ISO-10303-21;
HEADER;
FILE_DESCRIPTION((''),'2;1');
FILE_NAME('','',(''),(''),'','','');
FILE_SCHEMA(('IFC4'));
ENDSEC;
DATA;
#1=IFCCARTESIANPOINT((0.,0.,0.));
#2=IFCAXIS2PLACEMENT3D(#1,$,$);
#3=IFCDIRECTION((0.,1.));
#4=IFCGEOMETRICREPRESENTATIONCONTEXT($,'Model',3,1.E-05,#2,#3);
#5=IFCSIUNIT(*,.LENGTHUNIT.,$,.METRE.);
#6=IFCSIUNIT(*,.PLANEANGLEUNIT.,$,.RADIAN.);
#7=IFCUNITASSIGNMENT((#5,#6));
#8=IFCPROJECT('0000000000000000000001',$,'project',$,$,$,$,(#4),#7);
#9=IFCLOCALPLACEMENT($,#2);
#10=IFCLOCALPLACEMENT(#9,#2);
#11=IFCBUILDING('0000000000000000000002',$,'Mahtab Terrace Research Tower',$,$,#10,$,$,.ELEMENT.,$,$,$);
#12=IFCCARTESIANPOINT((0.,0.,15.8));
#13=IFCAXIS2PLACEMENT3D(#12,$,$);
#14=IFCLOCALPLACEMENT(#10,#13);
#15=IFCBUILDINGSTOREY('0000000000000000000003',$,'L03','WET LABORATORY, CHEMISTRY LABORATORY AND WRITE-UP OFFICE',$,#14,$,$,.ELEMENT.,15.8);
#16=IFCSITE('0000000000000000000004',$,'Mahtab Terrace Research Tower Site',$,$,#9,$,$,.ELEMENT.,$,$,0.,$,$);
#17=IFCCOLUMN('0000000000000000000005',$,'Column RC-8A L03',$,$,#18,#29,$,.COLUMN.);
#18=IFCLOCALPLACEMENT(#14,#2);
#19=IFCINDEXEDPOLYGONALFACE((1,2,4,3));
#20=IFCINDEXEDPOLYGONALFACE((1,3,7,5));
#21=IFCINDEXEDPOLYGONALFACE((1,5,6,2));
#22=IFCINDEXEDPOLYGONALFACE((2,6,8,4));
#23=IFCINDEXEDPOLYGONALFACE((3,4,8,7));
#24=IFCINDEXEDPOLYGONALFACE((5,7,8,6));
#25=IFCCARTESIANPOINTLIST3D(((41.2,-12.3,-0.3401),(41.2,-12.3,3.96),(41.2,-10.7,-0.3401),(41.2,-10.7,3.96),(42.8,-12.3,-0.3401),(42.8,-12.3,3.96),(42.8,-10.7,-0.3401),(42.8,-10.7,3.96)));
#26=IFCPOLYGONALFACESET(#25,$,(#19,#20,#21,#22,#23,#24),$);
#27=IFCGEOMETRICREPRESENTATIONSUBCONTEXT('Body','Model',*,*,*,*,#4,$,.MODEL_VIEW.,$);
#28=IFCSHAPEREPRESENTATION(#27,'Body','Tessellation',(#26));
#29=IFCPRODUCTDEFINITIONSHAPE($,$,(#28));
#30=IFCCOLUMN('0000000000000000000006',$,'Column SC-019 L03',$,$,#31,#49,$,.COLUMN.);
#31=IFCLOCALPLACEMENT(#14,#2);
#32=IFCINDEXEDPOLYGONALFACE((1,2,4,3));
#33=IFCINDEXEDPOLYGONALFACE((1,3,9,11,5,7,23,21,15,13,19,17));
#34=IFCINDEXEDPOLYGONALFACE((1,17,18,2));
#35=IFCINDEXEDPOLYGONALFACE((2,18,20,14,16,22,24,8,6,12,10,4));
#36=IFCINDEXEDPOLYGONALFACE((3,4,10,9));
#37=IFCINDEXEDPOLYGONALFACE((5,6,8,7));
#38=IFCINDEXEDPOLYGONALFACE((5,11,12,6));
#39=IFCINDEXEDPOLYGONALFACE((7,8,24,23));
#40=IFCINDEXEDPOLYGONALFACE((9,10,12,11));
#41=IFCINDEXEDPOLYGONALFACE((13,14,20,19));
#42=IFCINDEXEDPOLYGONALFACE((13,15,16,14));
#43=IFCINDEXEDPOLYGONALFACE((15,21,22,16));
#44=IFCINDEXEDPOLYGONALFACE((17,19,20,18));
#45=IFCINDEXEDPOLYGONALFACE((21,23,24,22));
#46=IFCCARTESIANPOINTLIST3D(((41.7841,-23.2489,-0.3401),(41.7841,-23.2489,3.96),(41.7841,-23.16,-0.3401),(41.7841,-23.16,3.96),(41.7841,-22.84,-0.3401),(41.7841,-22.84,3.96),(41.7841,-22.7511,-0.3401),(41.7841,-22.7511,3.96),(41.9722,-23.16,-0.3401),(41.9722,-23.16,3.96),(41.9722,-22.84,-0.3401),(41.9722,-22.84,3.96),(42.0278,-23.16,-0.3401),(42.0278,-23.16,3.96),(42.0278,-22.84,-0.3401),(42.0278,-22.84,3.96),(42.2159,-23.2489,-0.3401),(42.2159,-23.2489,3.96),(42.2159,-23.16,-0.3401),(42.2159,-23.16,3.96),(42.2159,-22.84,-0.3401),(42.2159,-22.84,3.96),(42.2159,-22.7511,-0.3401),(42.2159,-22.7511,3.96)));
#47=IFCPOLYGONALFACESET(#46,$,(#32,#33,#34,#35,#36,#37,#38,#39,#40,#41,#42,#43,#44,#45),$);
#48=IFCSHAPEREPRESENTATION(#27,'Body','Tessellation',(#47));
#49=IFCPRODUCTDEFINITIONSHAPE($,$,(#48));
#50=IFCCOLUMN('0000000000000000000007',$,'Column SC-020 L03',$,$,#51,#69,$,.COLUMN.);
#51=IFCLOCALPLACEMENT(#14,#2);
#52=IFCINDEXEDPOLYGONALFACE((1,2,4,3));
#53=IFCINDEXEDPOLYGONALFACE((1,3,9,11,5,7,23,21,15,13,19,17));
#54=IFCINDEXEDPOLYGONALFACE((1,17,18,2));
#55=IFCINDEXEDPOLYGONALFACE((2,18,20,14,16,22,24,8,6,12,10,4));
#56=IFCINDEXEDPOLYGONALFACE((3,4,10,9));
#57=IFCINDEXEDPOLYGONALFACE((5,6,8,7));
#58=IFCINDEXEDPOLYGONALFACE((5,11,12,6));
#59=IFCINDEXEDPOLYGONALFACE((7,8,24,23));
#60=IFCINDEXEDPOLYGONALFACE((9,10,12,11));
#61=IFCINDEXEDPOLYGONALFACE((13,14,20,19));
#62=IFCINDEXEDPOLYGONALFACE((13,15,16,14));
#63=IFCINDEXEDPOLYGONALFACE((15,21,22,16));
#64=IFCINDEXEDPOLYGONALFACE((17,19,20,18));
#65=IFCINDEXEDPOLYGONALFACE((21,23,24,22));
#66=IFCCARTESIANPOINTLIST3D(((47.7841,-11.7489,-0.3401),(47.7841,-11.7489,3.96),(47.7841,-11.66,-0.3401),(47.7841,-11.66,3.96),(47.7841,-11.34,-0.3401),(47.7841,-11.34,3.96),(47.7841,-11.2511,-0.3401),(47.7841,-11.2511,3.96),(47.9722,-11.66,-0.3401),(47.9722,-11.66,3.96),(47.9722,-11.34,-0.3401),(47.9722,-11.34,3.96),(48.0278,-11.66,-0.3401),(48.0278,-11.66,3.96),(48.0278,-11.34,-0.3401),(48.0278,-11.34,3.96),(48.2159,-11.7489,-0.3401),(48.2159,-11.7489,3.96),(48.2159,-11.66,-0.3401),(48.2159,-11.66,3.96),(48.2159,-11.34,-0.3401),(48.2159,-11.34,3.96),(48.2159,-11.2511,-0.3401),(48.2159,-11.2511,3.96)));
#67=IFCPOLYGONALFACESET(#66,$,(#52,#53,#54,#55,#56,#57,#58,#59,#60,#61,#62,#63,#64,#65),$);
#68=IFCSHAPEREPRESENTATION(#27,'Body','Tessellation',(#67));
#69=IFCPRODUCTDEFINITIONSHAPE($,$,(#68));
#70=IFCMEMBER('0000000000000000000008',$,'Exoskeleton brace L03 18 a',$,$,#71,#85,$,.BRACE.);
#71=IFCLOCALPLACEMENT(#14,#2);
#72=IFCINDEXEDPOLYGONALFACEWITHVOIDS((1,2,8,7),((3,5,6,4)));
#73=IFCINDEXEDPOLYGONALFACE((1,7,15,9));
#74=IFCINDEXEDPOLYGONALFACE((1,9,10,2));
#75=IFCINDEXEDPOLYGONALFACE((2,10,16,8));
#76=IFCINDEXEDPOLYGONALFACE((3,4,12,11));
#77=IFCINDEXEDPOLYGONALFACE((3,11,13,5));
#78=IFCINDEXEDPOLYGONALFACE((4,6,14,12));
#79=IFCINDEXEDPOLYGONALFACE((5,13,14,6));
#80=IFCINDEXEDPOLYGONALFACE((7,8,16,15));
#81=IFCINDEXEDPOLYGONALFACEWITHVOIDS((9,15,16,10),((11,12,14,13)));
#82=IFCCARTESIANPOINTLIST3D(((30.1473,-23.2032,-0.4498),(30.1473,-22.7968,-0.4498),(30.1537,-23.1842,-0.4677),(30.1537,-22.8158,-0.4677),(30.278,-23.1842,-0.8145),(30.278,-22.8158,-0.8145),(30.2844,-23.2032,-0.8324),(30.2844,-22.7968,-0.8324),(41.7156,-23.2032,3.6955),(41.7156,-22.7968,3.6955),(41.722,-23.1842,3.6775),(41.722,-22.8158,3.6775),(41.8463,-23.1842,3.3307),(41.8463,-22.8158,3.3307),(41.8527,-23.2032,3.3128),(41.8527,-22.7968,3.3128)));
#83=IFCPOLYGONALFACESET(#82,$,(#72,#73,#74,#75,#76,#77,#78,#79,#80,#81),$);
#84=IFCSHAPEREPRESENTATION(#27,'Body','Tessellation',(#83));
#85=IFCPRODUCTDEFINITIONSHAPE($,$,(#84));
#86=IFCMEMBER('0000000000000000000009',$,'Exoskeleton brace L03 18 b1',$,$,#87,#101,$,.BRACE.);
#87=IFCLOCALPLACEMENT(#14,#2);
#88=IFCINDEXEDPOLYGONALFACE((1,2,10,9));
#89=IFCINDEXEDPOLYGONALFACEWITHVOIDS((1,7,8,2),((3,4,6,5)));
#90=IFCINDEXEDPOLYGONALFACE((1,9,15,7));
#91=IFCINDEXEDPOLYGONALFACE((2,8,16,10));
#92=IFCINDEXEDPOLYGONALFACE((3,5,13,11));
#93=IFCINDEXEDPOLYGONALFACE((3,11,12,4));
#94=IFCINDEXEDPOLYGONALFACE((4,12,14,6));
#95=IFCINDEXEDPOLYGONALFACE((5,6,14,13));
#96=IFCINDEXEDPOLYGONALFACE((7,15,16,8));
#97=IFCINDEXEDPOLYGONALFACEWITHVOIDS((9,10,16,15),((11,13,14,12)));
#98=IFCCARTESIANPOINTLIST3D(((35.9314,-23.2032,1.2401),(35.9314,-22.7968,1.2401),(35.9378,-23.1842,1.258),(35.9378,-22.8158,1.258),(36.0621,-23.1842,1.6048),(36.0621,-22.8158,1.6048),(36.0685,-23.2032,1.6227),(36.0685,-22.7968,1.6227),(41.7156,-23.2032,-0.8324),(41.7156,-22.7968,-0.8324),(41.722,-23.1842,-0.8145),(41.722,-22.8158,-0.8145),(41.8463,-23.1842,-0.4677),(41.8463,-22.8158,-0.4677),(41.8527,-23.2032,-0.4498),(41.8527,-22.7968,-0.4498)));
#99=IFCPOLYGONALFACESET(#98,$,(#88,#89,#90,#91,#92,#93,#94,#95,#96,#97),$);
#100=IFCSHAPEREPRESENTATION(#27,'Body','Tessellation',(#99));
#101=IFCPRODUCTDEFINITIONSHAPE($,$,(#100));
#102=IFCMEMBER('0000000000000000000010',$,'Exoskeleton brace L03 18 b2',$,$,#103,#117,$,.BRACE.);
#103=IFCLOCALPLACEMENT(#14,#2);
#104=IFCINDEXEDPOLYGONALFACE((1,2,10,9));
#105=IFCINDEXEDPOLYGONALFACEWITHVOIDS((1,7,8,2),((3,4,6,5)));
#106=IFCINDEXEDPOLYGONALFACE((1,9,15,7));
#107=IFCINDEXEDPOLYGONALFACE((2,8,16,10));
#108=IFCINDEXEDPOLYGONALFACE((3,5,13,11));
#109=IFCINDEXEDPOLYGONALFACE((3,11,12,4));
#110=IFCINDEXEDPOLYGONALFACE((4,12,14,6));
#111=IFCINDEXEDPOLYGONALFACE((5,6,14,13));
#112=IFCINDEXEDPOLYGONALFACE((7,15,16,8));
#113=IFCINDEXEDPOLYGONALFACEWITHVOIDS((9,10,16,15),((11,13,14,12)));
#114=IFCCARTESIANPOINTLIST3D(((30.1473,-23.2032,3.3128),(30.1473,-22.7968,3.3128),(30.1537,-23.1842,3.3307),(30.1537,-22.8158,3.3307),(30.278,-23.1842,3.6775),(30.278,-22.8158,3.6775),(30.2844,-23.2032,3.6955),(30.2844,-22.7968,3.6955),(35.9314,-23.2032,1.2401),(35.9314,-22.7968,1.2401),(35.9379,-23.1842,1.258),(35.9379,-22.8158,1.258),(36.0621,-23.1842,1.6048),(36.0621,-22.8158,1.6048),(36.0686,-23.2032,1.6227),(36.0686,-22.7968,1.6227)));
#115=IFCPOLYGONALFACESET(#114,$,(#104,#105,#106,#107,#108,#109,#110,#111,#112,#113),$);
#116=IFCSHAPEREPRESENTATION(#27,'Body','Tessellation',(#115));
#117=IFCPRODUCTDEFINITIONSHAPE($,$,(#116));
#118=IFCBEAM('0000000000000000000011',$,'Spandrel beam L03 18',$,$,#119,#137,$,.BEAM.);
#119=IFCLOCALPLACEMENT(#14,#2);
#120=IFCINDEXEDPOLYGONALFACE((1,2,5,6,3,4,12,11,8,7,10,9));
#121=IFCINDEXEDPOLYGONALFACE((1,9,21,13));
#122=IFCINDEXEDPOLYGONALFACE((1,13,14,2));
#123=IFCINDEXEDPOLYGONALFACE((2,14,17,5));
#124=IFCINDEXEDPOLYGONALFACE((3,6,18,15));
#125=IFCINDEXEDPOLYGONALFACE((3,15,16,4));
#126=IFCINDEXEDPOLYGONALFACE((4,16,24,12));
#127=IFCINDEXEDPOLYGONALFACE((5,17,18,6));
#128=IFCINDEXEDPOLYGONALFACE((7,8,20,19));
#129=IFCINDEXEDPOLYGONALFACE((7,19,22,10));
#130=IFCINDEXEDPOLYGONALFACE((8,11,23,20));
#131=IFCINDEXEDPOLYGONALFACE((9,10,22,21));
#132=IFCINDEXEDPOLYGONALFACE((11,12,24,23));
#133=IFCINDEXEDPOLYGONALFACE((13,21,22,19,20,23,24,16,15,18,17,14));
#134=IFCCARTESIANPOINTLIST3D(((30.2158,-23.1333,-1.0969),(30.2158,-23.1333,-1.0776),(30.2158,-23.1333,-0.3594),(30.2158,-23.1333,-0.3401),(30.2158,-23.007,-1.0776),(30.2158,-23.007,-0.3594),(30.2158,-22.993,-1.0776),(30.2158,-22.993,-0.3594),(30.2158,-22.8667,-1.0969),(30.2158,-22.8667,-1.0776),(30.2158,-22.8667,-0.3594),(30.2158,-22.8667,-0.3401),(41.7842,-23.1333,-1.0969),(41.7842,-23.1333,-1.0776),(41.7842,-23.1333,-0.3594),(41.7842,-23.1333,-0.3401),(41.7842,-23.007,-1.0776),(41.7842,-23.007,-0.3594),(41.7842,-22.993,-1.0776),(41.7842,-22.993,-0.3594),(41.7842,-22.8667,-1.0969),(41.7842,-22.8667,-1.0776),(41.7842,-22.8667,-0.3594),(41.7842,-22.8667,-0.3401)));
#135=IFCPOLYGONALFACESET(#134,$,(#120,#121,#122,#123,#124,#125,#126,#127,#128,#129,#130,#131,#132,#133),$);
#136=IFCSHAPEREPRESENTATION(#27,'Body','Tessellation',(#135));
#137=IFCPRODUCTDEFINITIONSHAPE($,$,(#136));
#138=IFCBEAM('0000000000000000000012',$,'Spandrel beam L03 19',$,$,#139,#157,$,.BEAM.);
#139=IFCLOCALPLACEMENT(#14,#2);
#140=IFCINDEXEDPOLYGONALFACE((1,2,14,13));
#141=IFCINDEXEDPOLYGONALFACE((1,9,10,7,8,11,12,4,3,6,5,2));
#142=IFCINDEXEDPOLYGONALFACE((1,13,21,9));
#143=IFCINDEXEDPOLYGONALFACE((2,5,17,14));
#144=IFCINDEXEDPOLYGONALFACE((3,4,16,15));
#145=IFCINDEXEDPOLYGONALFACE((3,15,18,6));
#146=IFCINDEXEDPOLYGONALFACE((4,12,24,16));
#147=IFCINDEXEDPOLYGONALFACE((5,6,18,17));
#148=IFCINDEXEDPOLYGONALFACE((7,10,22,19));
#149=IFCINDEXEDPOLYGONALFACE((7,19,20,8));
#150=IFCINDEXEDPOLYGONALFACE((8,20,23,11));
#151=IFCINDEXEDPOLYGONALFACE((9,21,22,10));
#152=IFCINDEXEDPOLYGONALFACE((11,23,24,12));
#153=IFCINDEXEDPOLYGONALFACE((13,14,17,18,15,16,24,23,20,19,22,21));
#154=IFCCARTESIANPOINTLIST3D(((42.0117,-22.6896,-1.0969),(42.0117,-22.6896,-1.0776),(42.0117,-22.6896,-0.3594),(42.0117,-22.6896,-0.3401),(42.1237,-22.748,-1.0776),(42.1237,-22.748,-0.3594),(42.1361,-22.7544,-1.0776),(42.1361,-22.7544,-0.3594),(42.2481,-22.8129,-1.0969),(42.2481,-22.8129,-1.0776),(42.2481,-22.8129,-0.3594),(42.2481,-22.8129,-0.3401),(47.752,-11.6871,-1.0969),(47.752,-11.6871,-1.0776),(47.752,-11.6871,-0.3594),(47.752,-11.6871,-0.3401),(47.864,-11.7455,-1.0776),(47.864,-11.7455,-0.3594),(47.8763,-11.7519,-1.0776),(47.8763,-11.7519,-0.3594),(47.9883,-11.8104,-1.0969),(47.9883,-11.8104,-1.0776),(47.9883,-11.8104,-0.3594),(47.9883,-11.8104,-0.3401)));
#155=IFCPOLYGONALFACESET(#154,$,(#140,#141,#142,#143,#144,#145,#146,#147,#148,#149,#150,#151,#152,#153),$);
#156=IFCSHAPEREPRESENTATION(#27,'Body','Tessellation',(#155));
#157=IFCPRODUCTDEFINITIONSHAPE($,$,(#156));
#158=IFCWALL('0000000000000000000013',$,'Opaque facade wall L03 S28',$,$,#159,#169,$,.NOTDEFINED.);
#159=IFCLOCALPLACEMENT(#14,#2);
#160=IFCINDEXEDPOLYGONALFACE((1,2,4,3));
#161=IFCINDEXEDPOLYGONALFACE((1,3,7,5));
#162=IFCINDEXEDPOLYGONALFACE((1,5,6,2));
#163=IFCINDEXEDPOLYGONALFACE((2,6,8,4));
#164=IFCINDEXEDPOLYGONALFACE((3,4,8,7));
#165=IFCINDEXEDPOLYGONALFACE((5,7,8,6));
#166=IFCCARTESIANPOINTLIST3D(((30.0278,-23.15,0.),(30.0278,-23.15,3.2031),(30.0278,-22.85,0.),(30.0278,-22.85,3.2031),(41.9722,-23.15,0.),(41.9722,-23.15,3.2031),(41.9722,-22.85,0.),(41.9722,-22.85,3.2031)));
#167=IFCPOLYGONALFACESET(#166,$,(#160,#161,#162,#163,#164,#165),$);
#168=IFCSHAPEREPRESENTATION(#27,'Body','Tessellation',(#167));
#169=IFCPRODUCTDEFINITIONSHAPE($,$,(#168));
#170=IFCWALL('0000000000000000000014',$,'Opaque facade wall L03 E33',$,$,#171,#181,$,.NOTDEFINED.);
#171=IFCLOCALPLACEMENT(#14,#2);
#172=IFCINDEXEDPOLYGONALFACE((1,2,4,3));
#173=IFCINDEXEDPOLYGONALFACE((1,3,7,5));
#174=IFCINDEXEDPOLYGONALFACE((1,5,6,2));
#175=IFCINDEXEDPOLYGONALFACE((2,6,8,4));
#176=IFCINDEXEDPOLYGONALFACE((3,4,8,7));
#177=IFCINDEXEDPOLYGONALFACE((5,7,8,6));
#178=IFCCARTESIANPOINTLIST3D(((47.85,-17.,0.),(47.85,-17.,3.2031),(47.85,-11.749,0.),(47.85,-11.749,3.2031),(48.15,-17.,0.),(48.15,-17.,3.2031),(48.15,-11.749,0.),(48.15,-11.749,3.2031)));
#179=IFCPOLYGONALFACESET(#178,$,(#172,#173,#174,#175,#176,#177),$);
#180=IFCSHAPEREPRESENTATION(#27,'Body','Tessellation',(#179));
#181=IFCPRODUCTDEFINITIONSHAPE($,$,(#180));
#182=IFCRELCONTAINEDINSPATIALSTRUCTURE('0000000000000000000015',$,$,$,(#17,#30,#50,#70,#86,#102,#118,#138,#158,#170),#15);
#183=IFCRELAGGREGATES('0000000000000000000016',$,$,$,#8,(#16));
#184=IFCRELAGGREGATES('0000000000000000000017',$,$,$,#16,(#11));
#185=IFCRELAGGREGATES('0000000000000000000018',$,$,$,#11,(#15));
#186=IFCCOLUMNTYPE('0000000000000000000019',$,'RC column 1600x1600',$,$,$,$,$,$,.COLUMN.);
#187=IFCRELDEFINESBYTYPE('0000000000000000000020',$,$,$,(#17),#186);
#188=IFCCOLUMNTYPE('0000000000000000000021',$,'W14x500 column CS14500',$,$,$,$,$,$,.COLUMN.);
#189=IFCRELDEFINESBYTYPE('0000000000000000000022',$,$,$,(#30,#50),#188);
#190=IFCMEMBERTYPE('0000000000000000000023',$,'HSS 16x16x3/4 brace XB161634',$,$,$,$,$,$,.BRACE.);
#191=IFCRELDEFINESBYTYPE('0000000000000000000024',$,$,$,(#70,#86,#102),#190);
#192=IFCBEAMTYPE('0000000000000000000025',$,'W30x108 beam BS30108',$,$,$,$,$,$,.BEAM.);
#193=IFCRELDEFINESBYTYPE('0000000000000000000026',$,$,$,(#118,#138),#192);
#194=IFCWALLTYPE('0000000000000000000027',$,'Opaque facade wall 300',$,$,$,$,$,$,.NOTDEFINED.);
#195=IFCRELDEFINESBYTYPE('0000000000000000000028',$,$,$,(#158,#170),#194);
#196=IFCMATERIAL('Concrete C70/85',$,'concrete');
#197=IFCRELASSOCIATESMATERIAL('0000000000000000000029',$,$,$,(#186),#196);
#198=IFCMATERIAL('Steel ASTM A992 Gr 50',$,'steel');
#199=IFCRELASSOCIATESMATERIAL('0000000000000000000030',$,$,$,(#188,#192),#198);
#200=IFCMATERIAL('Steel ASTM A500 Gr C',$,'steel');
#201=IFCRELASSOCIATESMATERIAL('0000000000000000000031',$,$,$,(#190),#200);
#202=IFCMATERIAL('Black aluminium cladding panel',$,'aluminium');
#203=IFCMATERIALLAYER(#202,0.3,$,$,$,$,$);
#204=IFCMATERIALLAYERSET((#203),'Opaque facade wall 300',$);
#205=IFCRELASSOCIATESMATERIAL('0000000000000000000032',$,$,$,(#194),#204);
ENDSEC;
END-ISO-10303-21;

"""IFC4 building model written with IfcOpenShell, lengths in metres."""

from ifc_helpers import new_model, si_unit, direction, frame, frame_2d, origin, origin_2d, place, context, subcontext, project, spatial, rectangle, hollow_rectangle, i_section, extrude, material, layer, layer_set, material_profile, profile_set, type_object, element, save


model = new_model("IFC4")

# Units and contexts
model_context = context("Model", 3, precision=1e-05, world=origin(), true_north=direction((0.0, 1.0)))
body_context = subcontext(model_context, "Body", "Model", "MODEL_VIEW")
ifc_project = project(units=[si_unit("LENGTHUNIT", "METRE"), si_unit("PLANEANGLEUNIT", "RADIAN")], contexts=[model_context])

# Site, building, storey
site_placement = place(None, origin())
site = spatial("IfcSite", under=ifc_project, at=site_placement, Name="Mahtab Terrace Research Tower Site", CompositionType="ELEMENT", RefElevation=0.0)
building_placement = place(site_placement, origin())
building = spatial("IfcBuilding", under=site, at=building_placement, Name="Mahtab Terrace Research Tower", CompositionType="ELEMENT")
storey_placement = place(building_placement, frame((0.0, 0.0, 15.8)))
storey = spatial("IfcBuildingStorey", under=building, at=storey_placement, Name="L03", Description="WET LABORATORY, CHEMISTRY LABORATORY AND WRITE-UP OFFICE", CompositionType="ELEMENT", Elevation=15.8)

# Columns
ifc_material_1 = material(Name="Concrete C70/85", Category="concrete")
ifc_material_profile_1 = material_profile(ifc_material_1, rectangle(XDim=1.6001, YDim=1.6001, at=origin_2d()), Name="RC column 1600x1600")
ifc_profile_set_1 = profile_set([ifc_material_profile_1], Name="Concrete C70/85")
column_type_1 = type_object("IfcColumnType", Name="RC column 1600x1600", PredefinedType="COLUMN", material=ifc_profile_set_1)
column_placement = place(storey_placement, frame((42.0, -11.5, -0.3401), z_axis=(0.0, 0.0, 1.0), x_axis=(1.0, 0.0, 0.0)))
element("IfcColumn", 1, at=column_placement, inside=storey, type_object=column_type_1, Name="Column RC-8A L03", PredefinedType="COLUMN", context=body_context, shape_type="SweptSolid", body=[
    extrude(rectangle(XDim=1.6001, YDim=1.6001, at=origin_2d()), origin(), (0.0, 0.0, 1.0), 4.3),
])
ifc_material_2 = material(Name="Steel ASTM A992 Gr 50", Category="steel")
ifc_material_profile_2 = material_profile(ifc_material_2, i_section(OverallWidth=0.4319, OverallDepth=0.4978, WebThickness=0.0557, FlangeThickness=0.0889, at=origin_2d()), Name="W14X500")
ifc_profile_set_2 = profile_set([ifc_material_profile_2], Name="Steel ASTM A992 Gr 50")
column_type_2 = type_object("IfcColumnType", Name="W14x500 column CS14500", PredefinedType="COLUMN", material=ifc_profile_set_2)
for number, where, z_axis, x_axis, name in (
    (2, (42.0, -23.0, -0.3401), (0.0, 0.0, 1.0), (1.0, 0.0, 0.0), "Column SC-019 L03"),
    (3, (48.0, -11.5, -0.3401), (0.0, 0.0, 1.0), (1.0, 0.0, 0.0), "Column SC-020 L03"),
):
    element("IfcColumn", number, at=place(storey_placement, frame(where, z_axis=z_axis, x_axis=x_axis)), inside=storey, type_object=column_type_2, Name=name, PredefinedType="COLUMN", context=body_context, shape_type="SweptSolid", body=[
        extrude(i_section(OverallWidth=0.4319, OverallDepth=0.4978, WebThickness=0.0557, FlangeThickness=0.0889, at=origin_2d()), origin(), (0.0, 0.0, 1.0), 4.3),
    ])

# Members
ifc_material_3 = material(Name="Steel ASTM A500 Gr C", Category="steel")
ifc_material_profile_3 = material_profile(ifc_material_3, hollow_rectangle(XDim=0.4065, YDim=0.4065, WallThickness=0.019, at=origin_2d()), Name="HSS16X16X3/4")
ifc_profile_set_3 = profile_set([ifc_material_profile_3], Name="Steel ASTM A500 Gr C")
member_type = type_object("IfcMemberType", Name="HSS 16x16x3/4 brace XB161634", PredefinedType="BRACE", material=ifc_profile_set_3)
member_placement = place(storey_placement, frame((30.2158, -23.0, -0.6411), z_axis=(0.941388, 0.0, 0.337325), x_axis=(0.0, 1.0, 0.0)))
element("IfcMember", 4, at=member_placement, inside=storey, type_object=member_type, Name="Exoskeleton brace L03 18 a", PredefinedType="BRACE", context=body_context, shape_type="SweptSolid", body=[
    extrude(hollow_rectangle(XDim=0.4065, YDim=0.4065, WallThickness=0.019, at=origin_2d()), origin(), (0.0, 0.0, 1.0), 12.2886),
])
for number, where, z_axis, x_axis, name in (
    (5, (41.7842, -23.0, -0.6411), (-0.941394, 0.0, 0.337308), (0.0, -1.0, 0.0), "Exoskeleton brace L03 18 b1"),
    (6, (36.0, -23.0, 1.4314), (-0.941382, 0.0, 0.337343), (0.0, -1.0, 0.0), "Exoskeleton brace L03 18 b2"),
):
    element("IfcMember", number, at=place(storey_placement, frame(where, z_axis=z_axis, x_axis=x_axis)), inside=storey, type_object=member_type, Name=name, PredefinedType="BRACE", context=body_context, shape_type="SweptSolid", body=[
        extrude(hollow_rectangle(XDim=0.4065, YDim=0.4065, WallThickness=0.019, at=origin_2d()), origin(), (0.0, 0.0, 1.0), 6.1443),
    ])

# Beams
ifc_material_profile_4 = material_profile(ifc_material_2, i_section(OverallWidth=0.2666, OverallDepth=0.7568, WebThickness=0.0139, FlangeThickness=0.0193, at=origin_2d()), Name="W30X108")
ifc_profile_set_4 = profile_set([ifc_material_profile_4], Name="Steel ASTM A992 Gr 50")
beam_type = type_object("IfcBeamType", Name="W30x108 beam BS30108", PredefinedType="BEAM", material=ifc_profile_set_4)
beam_1_placement = place(storey_placement, frame((30.2158, -23.0, -0.7185), z_axis=(1.0, 0.0, 0.0), x_axis=(0.0, 1.0, 0.0)))
element("IfcBeam", 7, at=beam_1_placement, inside=storey, type_object=beam_type, Name="Spandrel beam L03 18", PredefinedType="BEAM", context=body_context, shape_type="SweptSolid", body=[
    extrude(i_section(OverallWidth=0.2666, OverallDepth=0.7568, WebThickness=0.0139, FlangeThickness=0.0193, at=origin_2d()), origin(), (0.0, 0.0, 1.0), 11.5684),
])
beam_2_placement = place(storey_placement, frame((42.1299, -22.7512, -0.7185), z_axis=(0.462555, 0.88659, 0.0), x_axis=(-0.88659, 0.462555, 0.0)))
element("IfcBeam", 8, at=beam_2_placement, inside=storey, type_object=beam_type, Name="Spandrel beam L03 19", PredefinedType="BEAM", context=body_context, shape_type="SweptSolid", body=[
    extrude(i_section(OverallWidth=0.2666, OverallDepth=0.7568, WebThickness=0.0139, FlangeThickness=0.0193, at=origin_2d()), origin(), (0.0, 0.0, 1.0), 12.4099),
])

# Walls
ifc_material_4 = material(Name="Black aluminium cladding panel", Category="aluminium")
ifc_layer_1 = layer(ifc_material_4, 0.3)
ifc_layer_set_1 = layer_set([ifc_layer_1], Name="Opaque facade wall 300")
wall_type_1 = type_object("IfcWallType", Name="Opaque facade wall 300", PredefinedType="NOTDEFINED", material=ifc_layer_set_1)
wall_1_placement = place(storey_placement, frame((30.0278, -23.0, 0.0), z_axis=(0.0, 0.0, 1.0), x_axis=(1.0, 0.0, 0.0)))
element("IfcWall", 9, at=wall_1_placement, inside=storey, type_object=wall_type_1, Name="Opaque facade wall L03 S28", PredefinedType="NOTDEFINED", context=body_context, shape_type="SweptSolid", body=[
    extrude(rectangle(XDim=11.9443, YDim=0.3, at=frame_2d((5.9722, 0.0))), origin(), (0.0, 0.0, 1.0), 3.2031),
])
wall_2_placement = place(storey_placement, frame((48.0, -17.0, 0.0), z_axis=(0.0, 0.0, 1.0), x_axis=(0.0, 1.0, 0.0)))
element("IfcWall", 10, at=wall_2_placement, inside=storey, type_object=wall_type_1, Name="Opaque facade wall L03 E33", PredefinedType="NOTDEFINED", context=body_context, shape_type="SweptSolid", body=[
    extrude(rectangle(XDim=5.251, YDim=0.3, at=frame_2d((2.6255, 0.0))), origin(), (0.0, 0.0, 1.0), 3.2031),
])

save(model, "model.ifc")
